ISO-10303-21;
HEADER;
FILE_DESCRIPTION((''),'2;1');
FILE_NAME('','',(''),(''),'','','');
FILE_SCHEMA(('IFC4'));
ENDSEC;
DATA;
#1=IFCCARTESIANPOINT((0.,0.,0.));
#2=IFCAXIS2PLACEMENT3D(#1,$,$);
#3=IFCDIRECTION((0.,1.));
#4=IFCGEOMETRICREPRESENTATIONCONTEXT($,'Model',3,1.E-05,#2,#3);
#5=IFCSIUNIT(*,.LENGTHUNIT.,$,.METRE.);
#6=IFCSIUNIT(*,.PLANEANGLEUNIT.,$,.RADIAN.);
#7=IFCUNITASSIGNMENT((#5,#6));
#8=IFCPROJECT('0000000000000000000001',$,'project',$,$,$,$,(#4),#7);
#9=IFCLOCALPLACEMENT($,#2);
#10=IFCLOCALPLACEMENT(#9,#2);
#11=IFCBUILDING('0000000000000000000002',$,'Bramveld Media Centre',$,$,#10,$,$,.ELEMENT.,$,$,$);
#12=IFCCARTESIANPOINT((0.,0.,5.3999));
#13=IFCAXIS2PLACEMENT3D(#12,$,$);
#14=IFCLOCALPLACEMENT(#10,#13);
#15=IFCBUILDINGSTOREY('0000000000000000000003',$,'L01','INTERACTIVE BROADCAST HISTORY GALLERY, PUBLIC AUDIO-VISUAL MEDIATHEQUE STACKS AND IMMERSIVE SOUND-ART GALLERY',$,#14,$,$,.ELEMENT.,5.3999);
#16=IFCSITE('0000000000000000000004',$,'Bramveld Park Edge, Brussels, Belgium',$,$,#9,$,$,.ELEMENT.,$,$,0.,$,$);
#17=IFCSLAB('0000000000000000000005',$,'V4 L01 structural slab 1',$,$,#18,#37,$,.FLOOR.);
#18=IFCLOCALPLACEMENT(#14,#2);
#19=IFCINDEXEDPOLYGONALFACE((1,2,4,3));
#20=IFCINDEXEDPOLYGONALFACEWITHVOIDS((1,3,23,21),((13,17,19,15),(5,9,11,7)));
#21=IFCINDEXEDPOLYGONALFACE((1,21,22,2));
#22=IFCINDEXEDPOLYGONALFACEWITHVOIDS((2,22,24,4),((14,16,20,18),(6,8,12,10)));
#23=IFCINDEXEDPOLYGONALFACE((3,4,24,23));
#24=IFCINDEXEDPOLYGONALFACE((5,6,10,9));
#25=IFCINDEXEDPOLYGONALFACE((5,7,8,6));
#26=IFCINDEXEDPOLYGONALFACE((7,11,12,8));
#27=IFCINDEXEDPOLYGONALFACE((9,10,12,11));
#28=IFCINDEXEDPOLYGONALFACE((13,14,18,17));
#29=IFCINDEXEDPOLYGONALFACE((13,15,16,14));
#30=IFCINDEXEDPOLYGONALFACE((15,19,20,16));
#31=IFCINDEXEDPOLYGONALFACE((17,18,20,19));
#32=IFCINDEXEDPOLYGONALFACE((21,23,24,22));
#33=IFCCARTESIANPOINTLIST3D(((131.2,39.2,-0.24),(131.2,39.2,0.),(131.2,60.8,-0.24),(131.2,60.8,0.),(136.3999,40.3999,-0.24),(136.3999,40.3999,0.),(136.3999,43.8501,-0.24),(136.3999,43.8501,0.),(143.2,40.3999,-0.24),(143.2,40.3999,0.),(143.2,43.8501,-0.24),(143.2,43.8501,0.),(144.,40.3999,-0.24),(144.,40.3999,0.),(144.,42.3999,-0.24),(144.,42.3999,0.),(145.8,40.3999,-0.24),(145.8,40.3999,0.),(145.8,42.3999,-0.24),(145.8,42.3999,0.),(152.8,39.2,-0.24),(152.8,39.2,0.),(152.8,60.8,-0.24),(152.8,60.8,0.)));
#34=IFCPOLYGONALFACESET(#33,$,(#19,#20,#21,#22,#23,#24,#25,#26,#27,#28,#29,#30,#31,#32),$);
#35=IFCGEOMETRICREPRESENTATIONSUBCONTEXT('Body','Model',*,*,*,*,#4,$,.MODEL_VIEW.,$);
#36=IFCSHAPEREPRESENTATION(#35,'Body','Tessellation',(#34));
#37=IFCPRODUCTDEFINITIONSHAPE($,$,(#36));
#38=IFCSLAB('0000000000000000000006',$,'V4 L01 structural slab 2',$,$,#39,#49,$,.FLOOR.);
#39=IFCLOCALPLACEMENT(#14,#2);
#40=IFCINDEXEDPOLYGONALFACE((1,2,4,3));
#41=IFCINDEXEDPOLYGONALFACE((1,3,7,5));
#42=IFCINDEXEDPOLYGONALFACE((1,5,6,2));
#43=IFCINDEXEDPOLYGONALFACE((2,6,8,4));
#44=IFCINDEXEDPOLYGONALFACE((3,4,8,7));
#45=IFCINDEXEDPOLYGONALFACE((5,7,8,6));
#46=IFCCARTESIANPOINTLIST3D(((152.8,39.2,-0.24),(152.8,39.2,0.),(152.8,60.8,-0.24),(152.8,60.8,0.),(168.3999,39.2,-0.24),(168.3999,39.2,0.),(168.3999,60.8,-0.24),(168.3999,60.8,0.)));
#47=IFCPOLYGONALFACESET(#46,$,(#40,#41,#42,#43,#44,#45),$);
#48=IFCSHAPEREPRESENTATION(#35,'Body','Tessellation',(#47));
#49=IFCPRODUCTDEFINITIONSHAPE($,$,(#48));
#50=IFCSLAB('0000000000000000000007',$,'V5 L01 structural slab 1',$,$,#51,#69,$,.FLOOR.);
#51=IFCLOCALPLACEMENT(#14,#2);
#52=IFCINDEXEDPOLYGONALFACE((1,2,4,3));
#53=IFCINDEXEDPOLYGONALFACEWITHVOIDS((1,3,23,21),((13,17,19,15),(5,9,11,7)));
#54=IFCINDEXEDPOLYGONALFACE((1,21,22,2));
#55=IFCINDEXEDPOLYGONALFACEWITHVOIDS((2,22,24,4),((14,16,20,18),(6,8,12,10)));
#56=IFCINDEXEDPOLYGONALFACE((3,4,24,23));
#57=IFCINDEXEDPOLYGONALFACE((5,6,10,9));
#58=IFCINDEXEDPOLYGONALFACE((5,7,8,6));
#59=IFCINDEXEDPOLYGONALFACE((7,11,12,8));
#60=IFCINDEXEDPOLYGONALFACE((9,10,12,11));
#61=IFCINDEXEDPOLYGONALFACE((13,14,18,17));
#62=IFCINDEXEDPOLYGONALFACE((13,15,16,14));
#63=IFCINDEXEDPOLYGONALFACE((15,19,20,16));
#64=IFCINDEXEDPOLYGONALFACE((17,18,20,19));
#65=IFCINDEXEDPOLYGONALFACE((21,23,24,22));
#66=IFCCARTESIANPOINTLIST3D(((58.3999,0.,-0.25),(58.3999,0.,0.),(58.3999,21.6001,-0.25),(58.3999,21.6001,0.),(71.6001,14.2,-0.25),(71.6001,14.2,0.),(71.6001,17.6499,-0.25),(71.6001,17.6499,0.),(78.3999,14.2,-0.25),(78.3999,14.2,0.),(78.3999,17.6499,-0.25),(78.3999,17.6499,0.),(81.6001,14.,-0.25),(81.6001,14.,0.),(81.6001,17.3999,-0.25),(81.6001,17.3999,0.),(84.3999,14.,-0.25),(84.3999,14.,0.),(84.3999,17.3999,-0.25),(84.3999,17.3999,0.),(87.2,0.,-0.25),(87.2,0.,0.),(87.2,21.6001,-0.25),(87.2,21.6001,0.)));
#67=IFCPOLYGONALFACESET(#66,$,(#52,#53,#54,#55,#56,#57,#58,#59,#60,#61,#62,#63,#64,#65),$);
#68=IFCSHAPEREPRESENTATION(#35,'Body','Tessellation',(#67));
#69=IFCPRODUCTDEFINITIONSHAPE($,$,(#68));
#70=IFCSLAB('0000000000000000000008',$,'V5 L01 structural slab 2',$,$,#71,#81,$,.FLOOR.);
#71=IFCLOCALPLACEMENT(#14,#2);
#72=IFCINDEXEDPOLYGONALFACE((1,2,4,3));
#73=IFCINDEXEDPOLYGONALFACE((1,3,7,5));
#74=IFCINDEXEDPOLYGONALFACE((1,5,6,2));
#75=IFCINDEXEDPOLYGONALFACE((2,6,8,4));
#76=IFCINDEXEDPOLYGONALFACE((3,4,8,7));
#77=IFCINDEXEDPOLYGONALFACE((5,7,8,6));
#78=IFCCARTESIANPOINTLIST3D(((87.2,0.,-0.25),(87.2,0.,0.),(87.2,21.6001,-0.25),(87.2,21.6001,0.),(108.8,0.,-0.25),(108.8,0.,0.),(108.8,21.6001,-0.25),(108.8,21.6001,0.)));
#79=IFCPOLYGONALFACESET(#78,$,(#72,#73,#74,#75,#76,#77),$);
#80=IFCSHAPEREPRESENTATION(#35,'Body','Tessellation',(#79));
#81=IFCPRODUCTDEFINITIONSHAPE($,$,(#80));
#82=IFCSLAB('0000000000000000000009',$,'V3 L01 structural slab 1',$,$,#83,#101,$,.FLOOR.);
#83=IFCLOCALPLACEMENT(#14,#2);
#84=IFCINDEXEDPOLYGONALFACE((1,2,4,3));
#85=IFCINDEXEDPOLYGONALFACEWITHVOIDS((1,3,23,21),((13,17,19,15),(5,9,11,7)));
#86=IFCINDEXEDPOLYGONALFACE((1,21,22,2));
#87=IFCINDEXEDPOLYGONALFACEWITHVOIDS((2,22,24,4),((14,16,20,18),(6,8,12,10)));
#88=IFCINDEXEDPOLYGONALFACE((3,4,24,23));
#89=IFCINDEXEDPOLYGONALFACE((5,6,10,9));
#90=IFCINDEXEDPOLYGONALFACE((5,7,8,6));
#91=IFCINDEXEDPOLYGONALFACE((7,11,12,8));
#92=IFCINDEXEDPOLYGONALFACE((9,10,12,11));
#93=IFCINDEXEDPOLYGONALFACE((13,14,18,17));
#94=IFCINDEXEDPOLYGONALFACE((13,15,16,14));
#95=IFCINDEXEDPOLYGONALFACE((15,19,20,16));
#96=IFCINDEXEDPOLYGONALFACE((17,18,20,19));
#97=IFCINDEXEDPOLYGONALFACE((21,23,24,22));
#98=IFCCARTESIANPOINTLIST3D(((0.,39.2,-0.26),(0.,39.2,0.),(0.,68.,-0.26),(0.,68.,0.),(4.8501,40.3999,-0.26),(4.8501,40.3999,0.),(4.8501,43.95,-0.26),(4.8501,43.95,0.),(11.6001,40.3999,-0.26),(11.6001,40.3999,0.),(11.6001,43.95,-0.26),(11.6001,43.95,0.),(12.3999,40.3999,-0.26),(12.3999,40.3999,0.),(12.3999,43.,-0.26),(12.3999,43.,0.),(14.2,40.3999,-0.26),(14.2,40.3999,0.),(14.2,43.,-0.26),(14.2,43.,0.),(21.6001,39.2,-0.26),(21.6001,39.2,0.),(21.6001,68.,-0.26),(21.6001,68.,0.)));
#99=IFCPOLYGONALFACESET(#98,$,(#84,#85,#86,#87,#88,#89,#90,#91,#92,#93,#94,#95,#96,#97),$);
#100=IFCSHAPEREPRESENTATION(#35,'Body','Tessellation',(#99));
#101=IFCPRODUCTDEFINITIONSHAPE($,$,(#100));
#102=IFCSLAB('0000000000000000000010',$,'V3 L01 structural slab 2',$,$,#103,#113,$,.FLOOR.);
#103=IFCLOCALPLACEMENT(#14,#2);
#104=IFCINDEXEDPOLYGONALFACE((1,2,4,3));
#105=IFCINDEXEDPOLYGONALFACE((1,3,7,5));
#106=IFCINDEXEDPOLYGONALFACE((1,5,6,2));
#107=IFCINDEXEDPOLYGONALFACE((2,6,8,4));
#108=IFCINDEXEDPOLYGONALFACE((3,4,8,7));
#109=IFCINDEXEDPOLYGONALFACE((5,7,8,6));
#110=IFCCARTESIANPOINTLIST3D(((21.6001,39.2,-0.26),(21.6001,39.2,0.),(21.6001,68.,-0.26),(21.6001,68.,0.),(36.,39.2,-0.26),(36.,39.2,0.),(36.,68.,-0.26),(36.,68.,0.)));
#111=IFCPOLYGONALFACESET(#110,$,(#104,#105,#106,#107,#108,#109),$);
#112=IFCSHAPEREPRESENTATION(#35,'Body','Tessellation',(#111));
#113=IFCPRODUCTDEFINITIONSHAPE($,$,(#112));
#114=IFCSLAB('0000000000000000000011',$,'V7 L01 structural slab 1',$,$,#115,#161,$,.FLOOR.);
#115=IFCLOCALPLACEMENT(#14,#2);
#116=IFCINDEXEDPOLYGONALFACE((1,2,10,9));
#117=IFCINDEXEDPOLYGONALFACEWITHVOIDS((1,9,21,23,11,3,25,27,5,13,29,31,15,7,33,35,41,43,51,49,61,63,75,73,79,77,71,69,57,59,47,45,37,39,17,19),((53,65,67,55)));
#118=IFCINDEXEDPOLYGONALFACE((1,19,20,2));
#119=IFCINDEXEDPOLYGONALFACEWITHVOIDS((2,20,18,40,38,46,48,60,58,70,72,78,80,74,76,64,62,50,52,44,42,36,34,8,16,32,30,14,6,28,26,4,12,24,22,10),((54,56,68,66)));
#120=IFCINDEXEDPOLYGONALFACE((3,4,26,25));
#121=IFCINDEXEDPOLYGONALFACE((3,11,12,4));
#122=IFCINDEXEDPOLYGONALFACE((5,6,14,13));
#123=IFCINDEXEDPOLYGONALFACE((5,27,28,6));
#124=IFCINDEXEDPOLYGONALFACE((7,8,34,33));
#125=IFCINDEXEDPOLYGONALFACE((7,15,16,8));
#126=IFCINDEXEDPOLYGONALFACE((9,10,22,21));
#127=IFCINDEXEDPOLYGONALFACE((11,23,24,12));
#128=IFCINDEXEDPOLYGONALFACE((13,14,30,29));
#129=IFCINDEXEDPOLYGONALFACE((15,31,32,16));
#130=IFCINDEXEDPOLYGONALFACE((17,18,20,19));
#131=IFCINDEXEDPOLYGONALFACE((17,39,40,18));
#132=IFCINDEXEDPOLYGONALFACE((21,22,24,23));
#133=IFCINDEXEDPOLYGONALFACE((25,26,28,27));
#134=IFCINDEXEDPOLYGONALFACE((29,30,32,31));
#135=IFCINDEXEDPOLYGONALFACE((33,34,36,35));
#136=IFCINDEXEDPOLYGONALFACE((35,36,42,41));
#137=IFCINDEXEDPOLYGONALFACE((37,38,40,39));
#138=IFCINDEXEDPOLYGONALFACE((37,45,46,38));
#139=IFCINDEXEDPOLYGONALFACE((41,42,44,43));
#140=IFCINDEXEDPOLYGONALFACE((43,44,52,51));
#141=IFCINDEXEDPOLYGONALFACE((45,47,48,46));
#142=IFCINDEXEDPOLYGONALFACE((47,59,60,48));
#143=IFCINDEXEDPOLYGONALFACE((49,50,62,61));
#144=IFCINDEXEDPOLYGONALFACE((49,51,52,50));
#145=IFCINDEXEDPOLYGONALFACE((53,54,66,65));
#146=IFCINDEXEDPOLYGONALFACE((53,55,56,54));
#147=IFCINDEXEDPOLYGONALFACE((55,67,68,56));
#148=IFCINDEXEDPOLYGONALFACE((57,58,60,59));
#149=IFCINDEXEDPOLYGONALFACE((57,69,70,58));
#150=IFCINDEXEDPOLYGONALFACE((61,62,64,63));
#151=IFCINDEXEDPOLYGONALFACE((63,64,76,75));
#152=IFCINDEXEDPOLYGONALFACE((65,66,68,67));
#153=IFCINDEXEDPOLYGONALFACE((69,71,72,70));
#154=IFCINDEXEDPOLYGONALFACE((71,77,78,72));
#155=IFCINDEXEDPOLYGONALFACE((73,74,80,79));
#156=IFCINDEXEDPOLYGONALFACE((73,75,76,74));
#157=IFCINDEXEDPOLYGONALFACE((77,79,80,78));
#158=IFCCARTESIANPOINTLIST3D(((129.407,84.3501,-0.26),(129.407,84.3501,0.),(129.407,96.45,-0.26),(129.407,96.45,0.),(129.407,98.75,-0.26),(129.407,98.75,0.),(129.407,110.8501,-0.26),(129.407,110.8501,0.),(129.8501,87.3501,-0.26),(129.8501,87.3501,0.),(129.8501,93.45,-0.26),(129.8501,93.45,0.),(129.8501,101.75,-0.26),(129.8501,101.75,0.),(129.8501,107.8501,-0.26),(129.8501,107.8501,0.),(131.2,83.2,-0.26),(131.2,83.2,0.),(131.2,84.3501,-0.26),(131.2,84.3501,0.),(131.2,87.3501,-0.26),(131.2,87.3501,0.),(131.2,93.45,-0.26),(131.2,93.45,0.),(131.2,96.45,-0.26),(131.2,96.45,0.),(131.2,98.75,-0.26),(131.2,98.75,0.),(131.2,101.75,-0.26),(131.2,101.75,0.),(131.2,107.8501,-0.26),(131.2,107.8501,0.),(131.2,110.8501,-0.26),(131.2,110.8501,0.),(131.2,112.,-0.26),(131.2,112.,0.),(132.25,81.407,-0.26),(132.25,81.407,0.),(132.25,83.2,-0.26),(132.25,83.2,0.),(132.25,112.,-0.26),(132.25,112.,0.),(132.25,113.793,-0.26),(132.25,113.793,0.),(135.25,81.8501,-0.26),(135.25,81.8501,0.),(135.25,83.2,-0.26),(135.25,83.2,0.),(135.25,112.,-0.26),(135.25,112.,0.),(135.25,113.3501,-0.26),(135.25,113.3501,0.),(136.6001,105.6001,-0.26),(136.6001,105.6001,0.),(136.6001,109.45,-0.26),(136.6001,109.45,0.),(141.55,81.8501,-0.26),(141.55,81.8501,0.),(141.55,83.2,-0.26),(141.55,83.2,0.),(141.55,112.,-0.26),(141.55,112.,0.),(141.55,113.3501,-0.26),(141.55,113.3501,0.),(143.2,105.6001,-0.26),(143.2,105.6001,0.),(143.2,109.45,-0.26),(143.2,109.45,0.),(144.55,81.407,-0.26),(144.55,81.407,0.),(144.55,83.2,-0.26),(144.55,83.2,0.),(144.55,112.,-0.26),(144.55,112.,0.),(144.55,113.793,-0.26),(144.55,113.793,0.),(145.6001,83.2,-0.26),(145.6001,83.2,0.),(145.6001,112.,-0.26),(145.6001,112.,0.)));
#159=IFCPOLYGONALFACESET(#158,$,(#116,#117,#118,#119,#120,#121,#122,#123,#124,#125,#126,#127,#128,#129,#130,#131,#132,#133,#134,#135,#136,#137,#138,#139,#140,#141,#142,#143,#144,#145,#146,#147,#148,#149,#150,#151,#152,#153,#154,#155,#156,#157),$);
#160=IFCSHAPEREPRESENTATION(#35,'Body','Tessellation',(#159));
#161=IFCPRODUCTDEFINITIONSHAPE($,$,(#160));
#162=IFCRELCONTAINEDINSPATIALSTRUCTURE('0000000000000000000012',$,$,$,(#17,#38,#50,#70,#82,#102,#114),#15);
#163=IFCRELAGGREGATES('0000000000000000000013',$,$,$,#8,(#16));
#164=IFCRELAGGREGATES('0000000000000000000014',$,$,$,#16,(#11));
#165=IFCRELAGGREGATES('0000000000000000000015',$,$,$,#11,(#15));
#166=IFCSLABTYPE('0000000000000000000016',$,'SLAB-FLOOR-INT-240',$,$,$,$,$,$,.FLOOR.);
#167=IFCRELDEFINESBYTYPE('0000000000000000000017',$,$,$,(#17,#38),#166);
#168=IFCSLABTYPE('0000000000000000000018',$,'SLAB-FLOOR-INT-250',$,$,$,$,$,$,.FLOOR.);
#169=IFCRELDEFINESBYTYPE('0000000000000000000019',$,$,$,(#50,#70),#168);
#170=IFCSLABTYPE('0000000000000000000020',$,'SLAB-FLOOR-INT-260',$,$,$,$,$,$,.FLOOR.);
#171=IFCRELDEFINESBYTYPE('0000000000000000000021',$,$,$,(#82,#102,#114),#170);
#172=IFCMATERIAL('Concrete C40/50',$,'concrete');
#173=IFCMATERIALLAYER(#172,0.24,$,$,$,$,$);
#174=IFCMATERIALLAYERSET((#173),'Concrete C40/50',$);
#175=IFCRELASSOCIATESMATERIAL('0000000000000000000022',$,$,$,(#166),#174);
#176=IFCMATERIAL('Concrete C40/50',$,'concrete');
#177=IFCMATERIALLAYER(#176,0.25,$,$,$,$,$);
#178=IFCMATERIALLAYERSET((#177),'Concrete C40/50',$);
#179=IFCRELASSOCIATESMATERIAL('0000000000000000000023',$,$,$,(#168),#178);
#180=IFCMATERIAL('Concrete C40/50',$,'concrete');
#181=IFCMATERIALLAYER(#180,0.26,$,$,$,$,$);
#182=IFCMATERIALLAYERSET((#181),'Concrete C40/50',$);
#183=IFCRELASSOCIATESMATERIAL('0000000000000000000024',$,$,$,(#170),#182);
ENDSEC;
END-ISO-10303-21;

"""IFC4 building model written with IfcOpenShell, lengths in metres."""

from ifc_helpers import new_model, si_unit, direction, frame, origin, place, context, subcontext, project, spatial, polyline, outline, extrude, material, layer, layer_set, type_object, element, save


model = new_model("IFC4")

# Units and contexts
model_context = context("Model", 3, precision=1e-05, world=origin(), true_north=direction((0.0, 1.0)))
body_context = subcontext(model_context, "Body", "Model", "MODEL_VIEW")
ifc_project = project(units=[si_unit("LENGTHUNIT", "METRE"), si_unit("PLANEANGLEUNIT", "RADIAN")], contexts=[model_context])

# Site, building, storey
site_placement = place(None, origin())
site = spatial("IfcSite", under=ifc_project, at=site_placement, Name="Bramveld Park Edge, Brussels, Belgium", CompositionType="ELEMENT", RefElevation=0.0)
building_placement = place(site_placement, origin())
building = spatial("IfcBuilding", under=site, at=building_placement, Name="Bramveld Media Centre", CompositionType="ELEMENT")
storey_placement = place(building_placement, frame((0.0, 0.0, 5.3999)))
storey = spatial("IfcBuildingStorey", under=building, at=storey_placement, Name="L01", Description="INTERACTIVE BROADCAST HISTORY GALLERY, PUBLIC AUDIO-VISUAL MEDIATHEQUE STACKS AND IMMERSIVE SOUND-ART GALLERY", CompositionType="ELEMENT", Elevation=5.3999)

# Slabs
ifc_material_1 = material(Name="Concrete C40/50", Category="concrete")
ifc_layer_1 = layer(ifc_material_1, 0.24)
ifc_layer_set_1 = layer_set([ifc_layer_1], Name="Concrete C40/50")
slab_type_1 = type_object("IfcSlabType", Name="SLAB-FLOOR-INT-240", PredefinedType="FLOOR", material=ifc_layer_set_1)
slab_1_placement = place(storey_placement, frame((0.0, 0.0, -0.24)))
element("IfcSlab", 1, at=slab_1_placement, inside=storey, type_object=slab_type_1, Name="V4 L01 structural slab 1", PredefinedType="FLOOR", context=body_context, shape_type="SweptSolid", body=[
    extrude(outline(polyline([(131.2, 60.8), (152.8, 60.8), (152.8, 39.2), (131.2, 39.2), (131.2, 60.8)]), holes=[polyline([(145.8, 40.3999), (145.8, 42.3999), (144.0, 42.3999), (144.0, 40.3999), (145.8, 40.3999)]), polyline([(136.3999, 40.3999), (143.2, 40.3999), (143.2, 43.8501), (136.3999, 43.8501), (136.3999, 40.3999)])]), origin(), (0.0, 0.0, 1.0), 0.24),
])
slab_2_placement = place(storey_placement, frame((0.0, 0.0, -0.24)))
element("IfcSlab", 2, at=slab_2_placement, inside=storey, type_object=slab_type_1, Name="V4 L01 structural slab 2", PredefinedType="FLOOR", context=body_context, shape_type="SweptSolid", body=[
    extrude(outline(polyline([(168.3999, 39.2), (152.8, 39.2), (152.8, 60.8), (168.3999, 60.8), (168.3999, 39.2)])), origin(), (0.0, 0.0, 1.0), 0.24),
])
ifc_material_2 = material(Name="Concrete C40/50", Category="concrete")
ifc_layer_2 = layer(ifc_material_2, 0.25)
ifc_layer_set_2 = layer_set([ifc_layer_2], Name="Concrete C40/50")
slab_type_2 = type_object("IfcSlabType", Name="SLAB-FLOOR-INT-250", PredefinedType="FLOOR", material=ifc_layer_set_2)
slab_3_placement = place(storey_placement, frame((0.0, 0.0, -0.25)))
element("IfcSlab", 3, at=slab_3_placement, inside=storey, type_object=slab_type_2, Name="V5 L01 structural slab 1", PredefinedType="FLOOR", context=body_context, shape_type="SweptSolid", body=[
    extrude(outline(polyline([(58.3999, 21.6001), (87.2, 21.6001), (87.2, 0.0), (58.3999, 0.0), (58.3999, 21.6001)]), holes=[polyline([(84.3999, 14.0), (84.3999, 17.3999), (81.6001, 17.3999), (81.6001, 14.0), (84.3999, 14.0)]), polyline([(71.6001, 14.2), (78.3999, 14.2), (78.3999, 17.6499), (71.6001, 17.6499), (71.6001, 14.2)])]), origin(), (0.0, 0.0, 1.0), 0.25),
])
slab_4_placement = place(storey_placement, frame((0.0, 0.0, -0.25)))
element("IfcSlab", 4, at=slab_4_placement, inside=storey, type_object=slab_type_2, Name="V5 L01 structural slab 2", PredefinedType="FLOOR", context=body_context, shape_type="SweptSolid", body=[
    extrude(outline(polyline([(108.8, 0.0), (87.2, 0.0), (87.2, 21.6001), (108.8, 21.6001), (108.8, 0.0)])), origin(), (0.0, 0.0, 1.0), 0.25),
])
ifc_material_3 = material(Name="Concrete C40/50", Category="concrete")
ifc_layer_3 = layer(ifc_material_3, 0.26)
ifc_layer_set_3 = layer_set([ifc_layer_3], Name="Concrete C40/50")
slab_type_3 = type_object("IfcSlabType", Name="SLAB-FLOOR-INT-260", PredefinedType="FLOOR", material=ifc_layer_set_3)
slab_5_placement = place(storey_placement, frame((0.0, 0.0, -0.26)))
element("IfcSlab", 5, at=slab_5_placement, inside=storey, type_object=slab_type_3, Name="V3 L01 structural slab 1", PredefinedType="FLOOR", context=body_context, shape_type="SweptSolid", body=[
    extrude(outline(polyline([(0.0, 68.0), (21.6001, 68.0), (21.6001, 39.2), (0.0, 39.2), (0.0, 68.0)]), holes=[polyline([(14.2, 40.3999), (14.2, 43.0), (12.3999, 43.0), (12.3999, 40.3999), (14.2, 40.3999)]), polyline([(4.8501, 40.3999), (11.6001, 40.3999), (11.6001, 43.95), (4.8501, 43.95), (4.8501, 40.3999)])]), origin(), (0.0, 0.0, 1.0), 0.26),
])
slab_6_placement = place(storey_placement, frame((0.0, 0.0, -0.26)))
element("IfcSlab", 6, at=slab_6_placement, inside=storey, type_object=slab_type_3, Name="V3 L01 structural slab 2", PredefinedType="FLOOR", context=body_context, shape_type="SweptSolid", body=[
    extrude(outline(polyline([(36.0, 39.2), (21.6001, 39.2), (21.6001, 68.0), (36.0, 68.0), (36.0, 39.2)])), origin(), (0.0, 0.0, 1.0), 0.26),
])
slab_7_placement = place(storey_placement, frame((0.0, 0.0, -0.26)))
element("IfcSlab", 7, at=slab_7_placement, inside=storey, type_object=slab_type_3, Name="V7 L01 structural slab 1", PredefinedType="FLOOR", context=body_context, shape_type="SweptSolid", body=[
    extrude(outline(polyline([(131.2, 84.3501), (129.407, 84.3501), (129.8501, 87.3501), (131.2, 87.3501), (131.2, 93.45), (129.8501, 93.45), (129.407, 96.45), (131.2, 96.45), (131.2, 98.75), (129.407, 98.75), (129.8501, 101.75), (131.2, 101.75), (131.2, 107.8501), (129.8501, 107.8501), (129.407, 110.8501), (131.2, 110.8501), (131.2, 112.0), (132.25, 112.0), (132.25, 113.793), (135.25, 113.3501), (135.25, 112.0), (141.55, 112.0), (141.55, 113.3501), (144.55, 113.793), (144.55, 112.0), (145.6001, 112.0), (145.6001, 83.2), (144.55, 83.2), (144.55, 81.407), (141.55, 81.8501), (141.55, 83.2), (135.25, 83.2), (135.25, 81.8501), (132.25, 81.407), (132.25, 83.2), (131.2, 83.2), (131.2, 84.3501)]), holes=[polyline([(143.2, 109.45), (136.6001, 109.45), (136.6001, 105.6001), (143.2, 105.6001), (143.2, 109.45)])]), origin(), (0.0, 0.0, 1.0), 0.26),
])

save(model, "model.ifc")
